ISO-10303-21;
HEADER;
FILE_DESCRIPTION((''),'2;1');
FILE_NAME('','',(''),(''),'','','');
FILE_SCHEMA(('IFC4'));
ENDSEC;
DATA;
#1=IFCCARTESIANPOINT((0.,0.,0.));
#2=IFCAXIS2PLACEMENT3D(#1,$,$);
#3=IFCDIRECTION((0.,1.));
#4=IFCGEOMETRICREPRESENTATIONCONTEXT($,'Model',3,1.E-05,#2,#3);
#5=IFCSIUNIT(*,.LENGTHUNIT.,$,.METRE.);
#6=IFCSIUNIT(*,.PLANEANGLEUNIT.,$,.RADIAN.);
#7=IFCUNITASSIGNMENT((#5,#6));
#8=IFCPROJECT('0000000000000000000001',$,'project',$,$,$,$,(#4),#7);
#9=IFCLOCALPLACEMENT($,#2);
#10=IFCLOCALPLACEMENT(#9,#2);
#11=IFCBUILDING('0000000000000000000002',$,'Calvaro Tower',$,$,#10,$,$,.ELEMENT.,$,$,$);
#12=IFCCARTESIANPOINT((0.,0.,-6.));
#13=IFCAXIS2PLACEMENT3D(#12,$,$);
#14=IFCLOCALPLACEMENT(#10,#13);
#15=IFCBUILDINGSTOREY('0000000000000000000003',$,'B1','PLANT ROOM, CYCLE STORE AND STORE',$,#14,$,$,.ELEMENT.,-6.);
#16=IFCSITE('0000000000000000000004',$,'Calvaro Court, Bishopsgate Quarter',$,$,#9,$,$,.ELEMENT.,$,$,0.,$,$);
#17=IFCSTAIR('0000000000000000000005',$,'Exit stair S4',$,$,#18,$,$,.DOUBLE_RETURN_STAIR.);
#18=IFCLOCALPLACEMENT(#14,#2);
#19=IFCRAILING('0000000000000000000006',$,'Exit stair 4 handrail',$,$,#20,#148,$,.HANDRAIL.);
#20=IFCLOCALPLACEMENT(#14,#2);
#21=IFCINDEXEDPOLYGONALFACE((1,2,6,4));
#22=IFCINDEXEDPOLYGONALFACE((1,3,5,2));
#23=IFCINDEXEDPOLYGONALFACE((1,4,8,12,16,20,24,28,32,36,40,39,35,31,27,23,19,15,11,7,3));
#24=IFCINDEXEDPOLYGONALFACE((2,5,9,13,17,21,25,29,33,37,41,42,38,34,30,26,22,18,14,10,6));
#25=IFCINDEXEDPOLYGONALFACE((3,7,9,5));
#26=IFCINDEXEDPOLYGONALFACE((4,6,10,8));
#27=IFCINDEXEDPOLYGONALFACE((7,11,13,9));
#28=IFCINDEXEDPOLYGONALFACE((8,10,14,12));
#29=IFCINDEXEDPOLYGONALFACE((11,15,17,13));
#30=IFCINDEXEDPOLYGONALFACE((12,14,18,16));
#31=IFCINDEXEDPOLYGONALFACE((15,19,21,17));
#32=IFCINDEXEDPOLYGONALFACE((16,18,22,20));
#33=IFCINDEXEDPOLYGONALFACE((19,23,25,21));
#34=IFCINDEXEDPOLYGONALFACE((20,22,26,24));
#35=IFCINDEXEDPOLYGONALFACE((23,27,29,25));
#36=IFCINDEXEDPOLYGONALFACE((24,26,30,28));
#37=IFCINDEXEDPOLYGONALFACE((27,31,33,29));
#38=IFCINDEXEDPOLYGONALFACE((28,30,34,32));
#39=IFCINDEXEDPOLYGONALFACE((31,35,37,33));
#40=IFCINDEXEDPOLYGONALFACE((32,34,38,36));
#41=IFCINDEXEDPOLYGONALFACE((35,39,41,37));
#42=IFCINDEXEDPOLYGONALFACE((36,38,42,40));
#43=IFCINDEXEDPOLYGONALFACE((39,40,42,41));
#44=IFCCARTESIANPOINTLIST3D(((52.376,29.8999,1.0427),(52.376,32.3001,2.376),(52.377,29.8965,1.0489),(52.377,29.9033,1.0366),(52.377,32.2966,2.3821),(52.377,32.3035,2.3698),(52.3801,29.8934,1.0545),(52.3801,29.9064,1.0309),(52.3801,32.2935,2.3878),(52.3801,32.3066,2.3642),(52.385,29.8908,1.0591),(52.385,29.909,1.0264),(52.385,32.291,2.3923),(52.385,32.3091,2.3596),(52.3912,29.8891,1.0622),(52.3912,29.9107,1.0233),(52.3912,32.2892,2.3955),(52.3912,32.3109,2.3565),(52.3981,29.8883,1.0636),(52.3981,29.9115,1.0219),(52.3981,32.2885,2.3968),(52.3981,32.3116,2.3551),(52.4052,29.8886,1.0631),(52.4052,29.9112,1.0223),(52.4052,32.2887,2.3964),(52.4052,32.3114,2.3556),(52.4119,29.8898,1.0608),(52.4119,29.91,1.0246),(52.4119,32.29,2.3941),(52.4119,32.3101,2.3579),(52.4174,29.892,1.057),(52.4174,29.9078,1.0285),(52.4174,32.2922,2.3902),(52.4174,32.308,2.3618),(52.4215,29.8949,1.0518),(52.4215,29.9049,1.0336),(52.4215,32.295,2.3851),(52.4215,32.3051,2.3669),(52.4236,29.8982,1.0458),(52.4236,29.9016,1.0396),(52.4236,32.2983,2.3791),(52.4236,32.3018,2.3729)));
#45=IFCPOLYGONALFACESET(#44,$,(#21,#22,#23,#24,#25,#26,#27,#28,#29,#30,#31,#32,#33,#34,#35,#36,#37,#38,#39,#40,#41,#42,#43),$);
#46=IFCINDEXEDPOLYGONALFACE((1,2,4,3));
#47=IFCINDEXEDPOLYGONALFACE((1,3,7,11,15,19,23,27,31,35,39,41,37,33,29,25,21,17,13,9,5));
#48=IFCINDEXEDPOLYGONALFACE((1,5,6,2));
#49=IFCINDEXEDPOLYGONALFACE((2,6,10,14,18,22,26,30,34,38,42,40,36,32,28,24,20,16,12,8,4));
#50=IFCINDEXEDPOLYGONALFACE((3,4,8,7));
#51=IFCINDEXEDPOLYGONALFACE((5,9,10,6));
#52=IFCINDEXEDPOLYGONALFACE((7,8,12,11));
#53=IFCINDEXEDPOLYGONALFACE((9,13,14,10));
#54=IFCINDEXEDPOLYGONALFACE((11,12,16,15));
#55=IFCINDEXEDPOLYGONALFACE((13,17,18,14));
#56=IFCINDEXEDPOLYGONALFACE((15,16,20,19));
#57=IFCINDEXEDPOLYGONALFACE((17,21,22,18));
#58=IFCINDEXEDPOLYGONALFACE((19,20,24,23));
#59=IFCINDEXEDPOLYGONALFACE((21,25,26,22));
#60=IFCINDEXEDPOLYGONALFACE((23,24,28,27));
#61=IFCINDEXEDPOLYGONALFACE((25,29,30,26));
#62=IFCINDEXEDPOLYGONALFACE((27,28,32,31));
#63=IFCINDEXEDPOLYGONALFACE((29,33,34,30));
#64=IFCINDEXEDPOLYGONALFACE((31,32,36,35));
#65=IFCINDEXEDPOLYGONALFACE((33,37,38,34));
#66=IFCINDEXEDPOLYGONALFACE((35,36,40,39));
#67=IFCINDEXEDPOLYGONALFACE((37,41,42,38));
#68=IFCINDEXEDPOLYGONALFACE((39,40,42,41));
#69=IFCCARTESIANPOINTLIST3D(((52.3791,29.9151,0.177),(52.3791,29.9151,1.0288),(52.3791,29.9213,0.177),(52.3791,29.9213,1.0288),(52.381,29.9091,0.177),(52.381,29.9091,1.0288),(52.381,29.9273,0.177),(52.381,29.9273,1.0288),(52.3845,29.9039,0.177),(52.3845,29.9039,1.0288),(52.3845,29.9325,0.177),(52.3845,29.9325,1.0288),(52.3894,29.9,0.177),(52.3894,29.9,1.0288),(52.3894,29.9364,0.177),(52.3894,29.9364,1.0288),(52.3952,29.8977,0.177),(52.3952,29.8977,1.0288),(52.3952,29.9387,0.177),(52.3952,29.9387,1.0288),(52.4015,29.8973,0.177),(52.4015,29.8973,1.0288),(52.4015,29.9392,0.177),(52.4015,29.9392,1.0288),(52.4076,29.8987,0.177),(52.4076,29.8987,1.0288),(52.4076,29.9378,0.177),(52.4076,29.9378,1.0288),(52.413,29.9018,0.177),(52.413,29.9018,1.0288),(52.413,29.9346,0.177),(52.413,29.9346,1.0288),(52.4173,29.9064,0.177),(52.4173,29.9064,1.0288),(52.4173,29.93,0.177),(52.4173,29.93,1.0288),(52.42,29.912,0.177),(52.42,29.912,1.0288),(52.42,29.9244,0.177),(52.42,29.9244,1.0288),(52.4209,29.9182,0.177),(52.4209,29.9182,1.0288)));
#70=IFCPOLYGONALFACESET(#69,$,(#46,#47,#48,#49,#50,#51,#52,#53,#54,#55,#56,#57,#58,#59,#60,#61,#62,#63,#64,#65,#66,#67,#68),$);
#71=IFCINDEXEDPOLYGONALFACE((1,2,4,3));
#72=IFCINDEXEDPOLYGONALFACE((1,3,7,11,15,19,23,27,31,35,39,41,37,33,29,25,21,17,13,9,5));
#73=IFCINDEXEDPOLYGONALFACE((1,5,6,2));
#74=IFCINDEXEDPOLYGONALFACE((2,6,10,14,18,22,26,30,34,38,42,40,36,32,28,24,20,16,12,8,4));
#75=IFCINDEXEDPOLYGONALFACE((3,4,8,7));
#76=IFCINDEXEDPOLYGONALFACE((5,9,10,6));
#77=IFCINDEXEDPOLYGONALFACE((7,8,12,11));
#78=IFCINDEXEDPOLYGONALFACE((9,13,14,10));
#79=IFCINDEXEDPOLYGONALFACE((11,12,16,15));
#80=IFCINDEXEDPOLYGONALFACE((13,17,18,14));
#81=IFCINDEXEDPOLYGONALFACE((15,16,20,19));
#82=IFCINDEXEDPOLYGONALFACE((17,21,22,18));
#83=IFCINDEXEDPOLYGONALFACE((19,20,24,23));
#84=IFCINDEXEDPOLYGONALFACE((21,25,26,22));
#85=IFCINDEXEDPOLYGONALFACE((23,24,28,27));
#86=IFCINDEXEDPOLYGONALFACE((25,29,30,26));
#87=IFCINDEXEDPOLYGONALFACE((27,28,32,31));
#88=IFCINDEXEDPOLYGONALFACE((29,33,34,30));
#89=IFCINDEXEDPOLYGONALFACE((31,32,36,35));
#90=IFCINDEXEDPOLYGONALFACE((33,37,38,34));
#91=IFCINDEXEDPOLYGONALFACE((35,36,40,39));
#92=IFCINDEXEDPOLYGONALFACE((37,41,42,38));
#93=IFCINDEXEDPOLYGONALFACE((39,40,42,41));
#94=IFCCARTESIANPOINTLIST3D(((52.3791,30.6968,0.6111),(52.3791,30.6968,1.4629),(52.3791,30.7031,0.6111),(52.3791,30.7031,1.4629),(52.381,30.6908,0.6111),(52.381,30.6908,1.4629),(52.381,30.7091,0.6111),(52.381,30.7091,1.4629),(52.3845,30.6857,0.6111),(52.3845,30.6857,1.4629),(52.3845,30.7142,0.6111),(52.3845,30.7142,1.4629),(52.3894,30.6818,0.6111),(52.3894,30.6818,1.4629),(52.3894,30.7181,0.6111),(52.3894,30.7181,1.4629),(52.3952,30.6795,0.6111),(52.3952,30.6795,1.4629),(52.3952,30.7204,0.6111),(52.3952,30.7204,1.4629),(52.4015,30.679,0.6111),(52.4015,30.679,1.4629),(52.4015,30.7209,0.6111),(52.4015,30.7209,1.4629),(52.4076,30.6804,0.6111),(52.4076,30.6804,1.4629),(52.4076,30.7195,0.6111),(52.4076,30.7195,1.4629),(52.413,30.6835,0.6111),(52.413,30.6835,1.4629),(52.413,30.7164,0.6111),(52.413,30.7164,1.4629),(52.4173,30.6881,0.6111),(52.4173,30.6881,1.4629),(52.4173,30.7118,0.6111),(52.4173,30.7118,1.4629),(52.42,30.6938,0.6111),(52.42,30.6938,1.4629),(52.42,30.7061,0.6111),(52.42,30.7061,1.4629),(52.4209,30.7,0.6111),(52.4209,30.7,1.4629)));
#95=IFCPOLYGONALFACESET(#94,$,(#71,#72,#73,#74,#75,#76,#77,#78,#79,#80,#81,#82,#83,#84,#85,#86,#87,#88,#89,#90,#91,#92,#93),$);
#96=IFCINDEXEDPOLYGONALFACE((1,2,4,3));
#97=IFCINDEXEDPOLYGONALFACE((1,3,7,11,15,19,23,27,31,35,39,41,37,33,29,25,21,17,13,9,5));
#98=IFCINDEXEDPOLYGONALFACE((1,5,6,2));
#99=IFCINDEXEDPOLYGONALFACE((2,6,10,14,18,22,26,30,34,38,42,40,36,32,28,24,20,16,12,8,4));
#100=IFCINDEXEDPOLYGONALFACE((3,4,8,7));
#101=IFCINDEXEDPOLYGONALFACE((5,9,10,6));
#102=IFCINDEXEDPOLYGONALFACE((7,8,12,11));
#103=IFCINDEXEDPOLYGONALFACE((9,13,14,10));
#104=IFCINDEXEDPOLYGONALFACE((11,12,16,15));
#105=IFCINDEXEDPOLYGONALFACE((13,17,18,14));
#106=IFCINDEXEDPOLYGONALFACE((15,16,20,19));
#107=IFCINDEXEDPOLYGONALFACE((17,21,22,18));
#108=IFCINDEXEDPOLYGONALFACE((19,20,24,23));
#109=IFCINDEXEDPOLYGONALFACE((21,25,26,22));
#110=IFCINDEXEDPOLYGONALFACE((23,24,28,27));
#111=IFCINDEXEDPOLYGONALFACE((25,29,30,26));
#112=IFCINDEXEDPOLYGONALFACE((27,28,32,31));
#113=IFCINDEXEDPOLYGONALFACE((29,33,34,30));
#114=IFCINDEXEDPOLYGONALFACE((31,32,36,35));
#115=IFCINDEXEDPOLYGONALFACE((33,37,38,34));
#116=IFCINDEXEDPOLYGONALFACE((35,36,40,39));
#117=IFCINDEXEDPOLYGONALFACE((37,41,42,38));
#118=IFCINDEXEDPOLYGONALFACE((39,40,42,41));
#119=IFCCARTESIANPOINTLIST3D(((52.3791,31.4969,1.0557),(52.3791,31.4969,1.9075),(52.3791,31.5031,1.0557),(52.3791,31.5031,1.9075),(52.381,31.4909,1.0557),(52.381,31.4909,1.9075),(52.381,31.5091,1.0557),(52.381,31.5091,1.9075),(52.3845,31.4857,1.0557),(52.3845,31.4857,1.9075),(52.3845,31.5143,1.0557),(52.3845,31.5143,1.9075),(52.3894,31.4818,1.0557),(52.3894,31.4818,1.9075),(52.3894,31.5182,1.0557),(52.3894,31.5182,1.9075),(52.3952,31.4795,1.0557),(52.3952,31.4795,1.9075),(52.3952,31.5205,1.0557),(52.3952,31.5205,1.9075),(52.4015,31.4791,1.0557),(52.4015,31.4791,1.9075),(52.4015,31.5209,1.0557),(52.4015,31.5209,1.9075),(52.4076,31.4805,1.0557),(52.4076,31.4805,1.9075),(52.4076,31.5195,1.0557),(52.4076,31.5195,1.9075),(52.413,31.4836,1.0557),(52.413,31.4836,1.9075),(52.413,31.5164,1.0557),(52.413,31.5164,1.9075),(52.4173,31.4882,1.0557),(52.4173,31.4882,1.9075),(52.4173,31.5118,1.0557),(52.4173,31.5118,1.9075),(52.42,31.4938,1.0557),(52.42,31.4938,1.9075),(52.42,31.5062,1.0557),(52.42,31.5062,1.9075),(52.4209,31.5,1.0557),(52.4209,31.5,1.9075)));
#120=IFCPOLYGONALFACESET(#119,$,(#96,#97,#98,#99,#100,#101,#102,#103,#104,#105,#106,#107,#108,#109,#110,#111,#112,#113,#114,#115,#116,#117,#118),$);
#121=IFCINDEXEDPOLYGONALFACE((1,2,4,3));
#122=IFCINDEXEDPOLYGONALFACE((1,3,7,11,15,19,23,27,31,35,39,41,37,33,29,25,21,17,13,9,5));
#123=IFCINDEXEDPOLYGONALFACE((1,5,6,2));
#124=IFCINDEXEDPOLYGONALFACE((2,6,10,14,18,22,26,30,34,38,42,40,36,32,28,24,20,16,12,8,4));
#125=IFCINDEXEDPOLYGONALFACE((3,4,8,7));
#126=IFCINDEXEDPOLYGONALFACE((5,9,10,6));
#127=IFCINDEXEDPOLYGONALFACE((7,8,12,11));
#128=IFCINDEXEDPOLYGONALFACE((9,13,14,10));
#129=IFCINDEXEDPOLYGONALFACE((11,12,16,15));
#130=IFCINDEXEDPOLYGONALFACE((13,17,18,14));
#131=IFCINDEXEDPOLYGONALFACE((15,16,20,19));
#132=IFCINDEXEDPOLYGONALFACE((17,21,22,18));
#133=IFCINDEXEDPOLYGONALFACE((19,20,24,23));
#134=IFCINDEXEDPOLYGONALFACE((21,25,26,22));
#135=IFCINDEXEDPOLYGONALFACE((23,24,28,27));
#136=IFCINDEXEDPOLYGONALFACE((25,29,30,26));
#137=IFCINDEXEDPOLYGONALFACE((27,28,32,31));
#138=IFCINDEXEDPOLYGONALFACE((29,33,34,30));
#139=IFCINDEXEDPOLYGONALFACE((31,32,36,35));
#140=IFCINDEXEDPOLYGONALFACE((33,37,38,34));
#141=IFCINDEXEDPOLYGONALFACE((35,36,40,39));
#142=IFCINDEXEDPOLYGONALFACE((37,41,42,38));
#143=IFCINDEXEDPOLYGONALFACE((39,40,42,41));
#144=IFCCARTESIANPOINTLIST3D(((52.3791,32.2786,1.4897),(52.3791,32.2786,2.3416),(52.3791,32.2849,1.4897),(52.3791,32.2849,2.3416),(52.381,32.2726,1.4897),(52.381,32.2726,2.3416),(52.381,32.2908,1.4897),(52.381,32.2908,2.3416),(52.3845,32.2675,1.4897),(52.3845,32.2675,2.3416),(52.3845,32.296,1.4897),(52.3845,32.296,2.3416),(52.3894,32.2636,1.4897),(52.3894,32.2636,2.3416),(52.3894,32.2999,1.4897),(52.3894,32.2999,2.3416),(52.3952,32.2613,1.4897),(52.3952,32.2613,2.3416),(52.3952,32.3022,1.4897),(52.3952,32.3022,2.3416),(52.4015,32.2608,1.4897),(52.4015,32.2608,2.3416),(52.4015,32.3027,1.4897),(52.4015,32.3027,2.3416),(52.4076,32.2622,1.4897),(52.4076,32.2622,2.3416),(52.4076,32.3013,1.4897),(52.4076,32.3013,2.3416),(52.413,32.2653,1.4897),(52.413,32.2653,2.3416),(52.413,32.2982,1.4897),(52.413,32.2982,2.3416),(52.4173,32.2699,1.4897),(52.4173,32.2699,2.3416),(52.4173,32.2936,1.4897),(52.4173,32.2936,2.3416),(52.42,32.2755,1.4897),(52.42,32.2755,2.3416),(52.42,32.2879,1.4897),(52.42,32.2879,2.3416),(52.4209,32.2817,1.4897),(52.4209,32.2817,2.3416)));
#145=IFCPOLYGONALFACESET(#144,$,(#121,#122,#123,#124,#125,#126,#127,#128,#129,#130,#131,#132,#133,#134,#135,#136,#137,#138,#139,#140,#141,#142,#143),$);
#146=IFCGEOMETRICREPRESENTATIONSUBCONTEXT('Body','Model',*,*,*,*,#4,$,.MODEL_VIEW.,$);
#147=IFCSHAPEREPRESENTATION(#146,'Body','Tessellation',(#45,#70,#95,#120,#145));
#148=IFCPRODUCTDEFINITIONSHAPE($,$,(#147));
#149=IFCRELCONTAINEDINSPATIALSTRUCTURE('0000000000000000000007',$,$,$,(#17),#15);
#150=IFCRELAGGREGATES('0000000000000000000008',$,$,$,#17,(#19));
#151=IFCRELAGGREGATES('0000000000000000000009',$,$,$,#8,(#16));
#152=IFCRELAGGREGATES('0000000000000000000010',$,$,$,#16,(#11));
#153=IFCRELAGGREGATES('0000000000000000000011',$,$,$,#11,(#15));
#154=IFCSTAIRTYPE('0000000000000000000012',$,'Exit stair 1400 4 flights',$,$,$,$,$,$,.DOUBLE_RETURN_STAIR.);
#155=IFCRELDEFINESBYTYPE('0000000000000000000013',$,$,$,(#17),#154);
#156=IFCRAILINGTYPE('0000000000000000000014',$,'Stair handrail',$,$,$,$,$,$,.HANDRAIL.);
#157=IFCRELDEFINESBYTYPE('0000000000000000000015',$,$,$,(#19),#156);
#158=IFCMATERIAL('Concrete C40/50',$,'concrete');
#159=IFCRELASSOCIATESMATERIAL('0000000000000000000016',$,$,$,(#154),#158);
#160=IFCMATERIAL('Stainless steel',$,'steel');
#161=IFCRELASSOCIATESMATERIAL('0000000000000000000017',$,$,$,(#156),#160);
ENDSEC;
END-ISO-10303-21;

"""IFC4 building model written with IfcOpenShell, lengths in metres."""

from ifc_helpers import new_model, si_unit, direction, frame, origin, origin_2d, place, context, subcontext, project, spatial, circle, extrude, material, type_object, element, aggregate, save


model = new_model("IFC4")

# Units and contexts
model_context = context("Model", 3, precision=1e-05, world=origin(), true_north=direction((0.0, 1.0)))
body_context = subcontext(model_context, "Body", "Model", "MODEL_VIEW")
ifc_project = project(units=[si_unit("LENGTHUNIT", "METRE"), si_unit("PLANEANGLEUNIT", "RADIAN")], contexts=[model_context])

# Site, building, storey
site_placement = place(None, origin())
site = spatial("IfcSite", under=ifc_project, at=site_placement, Name="Calvaro Court, Bishopsgate Quarter", CompositionType="ELEMENT", RefElevation=0.0)
building_placement = place(site_placement, origin())
building = spatial("IfcBuilding", under=site, at=building_placement, Name="Calvaro Tower", CompositionType="ELEMENT")
storey_placement = place(building_placement, frame((0.0, 0.0, -6.0)))
storey = spatial("IfcBuildingStorey", under=building, at=storey_placement, Name="B1", Description="PLANT ROOM, CYCLE STORE AND STORE", CompositionType="ELEMENT", Elevation=-6.0)

# Stair
ifc_material_1 = material(Name="Concrete C40/50", Category="concrete")
stair_type = type_object("IfcStairType", Name="Exit stair 1400 4 flights", PredefinedType="DOUBLE_RETURN_STAIR", material=ifc_material_1)
stair_1_placement = place(storey_placement, origin())
stair_1 = element("IfcStair", 1, at=stair_1_placement, inside=storey, type_object=stair_type, Name="Exit stair S4", PredefinedType="DOUBLE_RETURN_STAIR")

# Railing
ifc_material_2 = material(Name="Stainless steel", Category="steel")
railing_type = type_object("IfcRailingType", Name="Stair handrail", PredefinedType="HANDRAIL", material=ifc_material_2)
railing_1_placement = place(storey_placement, frame((52.3999, 29.8999, 0.1667)))
railing_1 = element("IfcRailing", 2, at=railing_1_placement, type_object=railing_type, Name="Exit stair 4 handrail", PredefinedType="HANDRAIL", context=body_context, shape_type="SweptSolid", body=[
    extrude(circle(Radius=0.0239, at=origin_2d()), frame((0.0, 0.0, 0.876), z_axis=(0.0, 0.874182, 0.485598), x_axis=(-1.0, 0.0, 0.0)), (0.0, 0.0, 1.0), 2.7456),
    extrude(circle(Radius=0.021, at=origin_2d()), frame((0.0, 0.0183, 0.0103)), (0.0, 0.0, 1.0), 0.8518),
    extrude(circle(Radius=0.021, at=origin_2d()), frame((0.0, 0.8, 0.4443)), (0.0, 0.0, 1.0), 0.8518),
    extrude(circle(Radius=0.021, at=origin_2d()), frame((0.0, 1.6001, 0.8889)), (0.0, 0.0, 1.0), 0.8518),
    extrude(circle(Radius=0.021, at=origin_2d()), frame((0.0, 2.3818, 1.323)), (0.0, 0.0, 1.0), 0.8518),
])
aggregate(stair_1, [railing_1])

save(model, "model.ifc")
